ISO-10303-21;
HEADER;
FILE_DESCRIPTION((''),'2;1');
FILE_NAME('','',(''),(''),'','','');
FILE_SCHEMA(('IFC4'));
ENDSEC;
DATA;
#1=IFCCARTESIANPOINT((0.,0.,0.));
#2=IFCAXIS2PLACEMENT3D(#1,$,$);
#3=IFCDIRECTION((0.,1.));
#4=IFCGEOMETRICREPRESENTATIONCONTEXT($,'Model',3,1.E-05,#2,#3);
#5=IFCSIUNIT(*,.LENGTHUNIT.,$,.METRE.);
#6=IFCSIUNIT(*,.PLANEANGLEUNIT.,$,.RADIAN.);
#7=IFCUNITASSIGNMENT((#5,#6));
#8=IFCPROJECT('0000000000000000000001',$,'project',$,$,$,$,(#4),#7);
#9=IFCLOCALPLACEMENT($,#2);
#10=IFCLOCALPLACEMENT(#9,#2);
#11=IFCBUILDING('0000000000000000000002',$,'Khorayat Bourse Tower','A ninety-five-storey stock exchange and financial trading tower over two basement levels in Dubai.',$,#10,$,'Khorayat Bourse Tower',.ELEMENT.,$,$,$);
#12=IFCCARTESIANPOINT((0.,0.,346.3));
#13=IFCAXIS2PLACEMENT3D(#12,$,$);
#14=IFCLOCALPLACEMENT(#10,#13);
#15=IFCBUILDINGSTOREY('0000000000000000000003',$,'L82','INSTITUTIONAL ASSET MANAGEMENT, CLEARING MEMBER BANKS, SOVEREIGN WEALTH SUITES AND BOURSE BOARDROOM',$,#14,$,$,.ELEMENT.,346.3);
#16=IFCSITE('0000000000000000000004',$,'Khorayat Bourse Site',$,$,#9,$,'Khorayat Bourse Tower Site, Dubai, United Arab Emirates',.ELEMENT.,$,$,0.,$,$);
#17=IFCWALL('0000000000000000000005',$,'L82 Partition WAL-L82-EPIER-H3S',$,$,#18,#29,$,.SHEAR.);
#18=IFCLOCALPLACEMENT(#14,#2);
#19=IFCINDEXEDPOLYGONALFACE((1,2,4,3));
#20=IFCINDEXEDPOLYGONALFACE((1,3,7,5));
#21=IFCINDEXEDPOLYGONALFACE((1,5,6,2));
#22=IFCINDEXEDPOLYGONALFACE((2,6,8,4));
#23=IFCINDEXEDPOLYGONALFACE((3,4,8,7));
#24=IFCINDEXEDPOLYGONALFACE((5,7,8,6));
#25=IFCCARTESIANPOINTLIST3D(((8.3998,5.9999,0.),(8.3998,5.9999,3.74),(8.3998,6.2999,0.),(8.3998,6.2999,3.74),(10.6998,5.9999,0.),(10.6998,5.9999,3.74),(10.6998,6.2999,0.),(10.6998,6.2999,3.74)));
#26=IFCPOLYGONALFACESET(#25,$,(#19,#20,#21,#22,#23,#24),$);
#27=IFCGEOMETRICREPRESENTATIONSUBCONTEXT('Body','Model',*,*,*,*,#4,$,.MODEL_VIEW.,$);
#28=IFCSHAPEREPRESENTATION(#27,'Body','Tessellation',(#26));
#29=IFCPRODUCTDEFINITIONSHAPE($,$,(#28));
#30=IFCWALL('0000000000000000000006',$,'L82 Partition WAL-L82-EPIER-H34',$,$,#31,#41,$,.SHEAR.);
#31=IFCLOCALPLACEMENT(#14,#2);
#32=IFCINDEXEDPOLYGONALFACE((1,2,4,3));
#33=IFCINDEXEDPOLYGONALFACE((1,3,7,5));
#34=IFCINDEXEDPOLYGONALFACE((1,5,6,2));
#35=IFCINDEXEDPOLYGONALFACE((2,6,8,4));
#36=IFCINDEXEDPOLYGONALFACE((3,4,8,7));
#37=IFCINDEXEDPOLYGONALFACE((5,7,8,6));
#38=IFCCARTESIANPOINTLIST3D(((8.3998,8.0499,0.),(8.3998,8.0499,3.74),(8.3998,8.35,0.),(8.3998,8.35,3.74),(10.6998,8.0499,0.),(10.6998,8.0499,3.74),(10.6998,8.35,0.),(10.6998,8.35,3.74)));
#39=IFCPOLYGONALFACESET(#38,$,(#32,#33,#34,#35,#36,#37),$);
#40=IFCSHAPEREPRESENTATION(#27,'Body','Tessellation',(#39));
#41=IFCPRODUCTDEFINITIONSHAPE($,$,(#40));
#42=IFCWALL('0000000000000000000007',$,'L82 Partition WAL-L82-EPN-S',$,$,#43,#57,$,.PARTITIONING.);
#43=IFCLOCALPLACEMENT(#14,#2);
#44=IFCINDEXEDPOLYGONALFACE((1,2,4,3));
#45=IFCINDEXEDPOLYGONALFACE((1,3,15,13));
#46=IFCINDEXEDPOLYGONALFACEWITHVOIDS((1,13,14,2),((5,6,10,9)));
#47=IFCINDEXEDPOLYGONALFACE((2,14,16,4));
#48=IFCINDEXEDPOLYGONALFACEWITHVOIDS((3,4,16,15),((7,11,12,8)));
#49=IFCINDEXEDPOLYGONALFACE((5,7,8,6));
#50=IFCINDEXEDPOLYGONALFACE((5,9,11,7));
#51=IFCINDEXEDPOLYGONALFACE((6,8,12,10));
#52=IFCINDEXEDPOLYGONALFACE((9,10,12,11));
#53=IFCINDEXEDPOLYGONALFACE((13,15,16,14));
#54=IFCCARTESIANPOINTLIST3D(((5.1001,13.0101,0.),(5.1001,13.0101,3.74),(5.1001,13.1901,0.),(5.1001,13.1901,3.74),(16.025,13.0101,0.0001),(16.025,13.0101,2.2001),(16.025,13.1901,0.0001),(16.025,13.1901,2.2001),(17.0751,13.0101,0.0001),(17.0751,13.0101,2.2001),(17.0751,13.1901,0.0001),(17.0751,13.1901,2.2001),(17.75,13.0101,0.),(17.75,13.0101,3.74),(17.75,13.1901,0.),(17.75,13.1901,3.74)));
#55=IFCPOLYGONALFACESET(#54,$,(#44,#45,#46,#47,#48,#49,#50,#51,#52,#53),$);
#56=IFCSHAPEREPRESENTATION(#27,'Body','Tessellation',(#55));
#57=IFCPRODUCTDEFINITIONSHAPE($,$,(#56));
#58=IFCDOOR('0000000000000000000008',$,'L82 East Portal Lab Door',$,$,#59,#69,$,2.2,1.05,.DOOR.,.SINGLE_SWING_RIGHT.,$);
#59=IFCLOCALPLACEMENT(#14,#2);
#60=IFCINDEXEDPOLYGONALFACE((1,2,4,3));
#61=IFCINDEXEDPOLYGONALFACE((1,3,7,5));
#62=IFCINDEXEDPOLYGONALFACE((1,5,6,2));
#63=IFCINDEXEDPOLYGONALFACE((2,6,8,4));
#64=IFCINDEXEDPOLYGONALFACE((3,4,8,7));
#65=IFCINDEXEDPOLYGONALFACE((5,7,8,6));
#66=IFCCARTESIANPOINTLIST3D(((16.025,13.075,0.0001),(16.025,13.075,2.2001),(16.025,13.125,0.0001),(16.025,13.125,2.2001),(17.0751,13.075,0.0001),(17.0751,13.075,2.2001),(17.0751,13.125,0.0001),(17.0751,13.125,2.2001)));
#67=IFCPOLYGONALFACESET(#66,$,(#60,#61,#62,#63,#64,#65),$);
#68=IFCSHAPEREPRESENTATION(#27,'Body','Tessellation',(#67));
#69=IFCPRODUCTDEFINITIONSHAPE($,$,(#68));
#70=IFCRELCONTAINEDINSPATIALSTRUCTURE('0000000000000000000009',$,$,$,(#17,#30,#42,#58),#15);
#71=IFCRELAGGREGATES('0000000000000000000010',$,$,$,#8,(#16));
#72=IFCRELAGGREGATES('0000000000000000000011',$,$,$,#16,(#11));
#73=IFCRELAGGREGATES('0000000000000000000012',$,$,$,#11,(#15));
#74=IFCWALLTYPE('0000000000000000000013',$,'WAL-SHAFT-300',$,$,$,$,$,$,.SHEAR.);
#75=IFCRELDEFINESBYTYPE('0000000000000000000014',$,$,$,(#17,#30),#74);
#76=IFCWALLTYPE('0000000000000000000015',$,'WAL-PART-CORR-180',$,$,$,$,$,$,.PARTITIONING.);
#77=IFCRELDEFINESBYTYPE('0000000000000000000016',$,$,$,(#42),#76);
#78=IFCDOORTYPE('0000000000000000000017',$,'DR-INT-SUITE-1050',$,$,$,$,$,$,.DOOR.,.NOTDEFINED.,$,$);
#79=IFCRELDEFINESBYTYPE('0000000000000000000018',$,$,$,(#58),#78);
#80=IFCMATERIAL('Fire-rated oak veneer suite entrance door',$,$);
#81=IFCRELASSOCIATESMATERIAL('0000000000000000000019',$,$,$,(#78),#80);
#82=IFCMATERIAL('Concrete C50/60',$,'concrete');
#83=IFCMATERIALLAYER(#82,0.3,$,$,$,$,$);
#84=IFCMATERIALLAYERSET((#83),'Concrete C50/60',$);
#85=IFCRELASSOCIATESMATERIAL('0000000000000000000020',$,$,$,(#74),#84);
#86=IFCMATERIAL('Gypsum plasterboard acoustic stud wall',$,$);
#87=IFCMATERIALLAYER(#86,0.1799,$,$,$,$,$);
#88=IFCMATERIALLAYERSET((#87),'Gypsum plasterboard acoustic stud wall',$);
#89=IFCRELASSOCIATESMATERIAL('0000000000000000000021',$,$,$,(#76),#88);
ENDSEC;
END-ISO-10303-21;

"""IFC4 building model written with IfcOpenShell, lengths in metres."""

from ifc_helpers import new_model, si_unit, direction, frame, frame_2d, origin, place, context, subcontext, project, spatial, rectangle, extrude, source, transform, mapped, material, layer, layer_set, type_object, element, fill, save


model = new_model("IFC4")

# Units and contexts
model_context = context("Model", 3, precision=1e-05, world=origin(), true_north=direction((0.0, 1.0)))
body_context = subcontext(model_context, "Body", "Model", "MODEL_VIEW")
ifc_project = project(units=[si_unit("LENGTHUNIT", "METRE"), si_unit("PLANEANGLEUNIT", "RADIAN")], contexts=[model_context])

# Site, building, storey
site_placement = place(None, origin())
site = spatial("IfcSite", under=ifc_project, at=site_placement, Name="Khorayat Bourse Site", LongName="Khorayat Bourse Tower Site, Dubai, United Arab Emirates", CompositionType="ELEMENT", RefElevation=0.0)
building_placement = place(site_placement, origin())
building = spatial("IfcBuilding", under=site, at=building_placement, Name="Khorayat Bourse Tower", Description="A ninety-five-storey stock exchange and financial trading tower over two basement levels in Dubai.", LongName="Khorayat Bourse Tower", CompositionType="ELEMENT")
storey_placement = place(building_placement, frame((0.0, 0.0, 346.3)))
storey = spatial("IfcBuildingStorey", under=building, at=storey_placement, Name="L82", Description="INSTITUTIONAL ASSET MANAGEMENT, CLEARING MEMBER BANKS, SOVEREIGN WEALTH SUITES AND BOURSE BOARDROOM", CompositionType="ELEMENT", Elevation=346.3)

# Shared definitions
ifc_material_1 = material(Name="Fire-rated oak veneer suite entrance door")
door_type_1 = type_object("IfcDoorType", Name="DR-INT-SUITE-1050", OperationType="NOTDEFINED", PredefinedType="DOOR", material=ifc_material_1)
shared_shape_1 = source(origin(), body_context, "Body", "SweptSolid", [
    extrude(rectangle(XDim=1.05, YDim=2.2, at=frame_2d((0.5249, 1.1001))), frame((0.0, 0.0249, 0.0), z_axis=(0.0, -1.0, 0.0), x_axis=(1.0, 0.0, 0.0)), (0.0, 0.0, 1.0), 0.05),
])

# Walls
ifc_material_2 = material(Name="Concrete C50/60", Category="concrete")
ifc_layer_1 = layer(ifc_material_2, 0.3)
ifc_layer_set_1 = layer_set([ifc_layer_1], Name="Concrete C50/60")
wall_type_1 = type_object("IfcWallType", Name="WAL-SHAFT-300", PredefinedType="SHEAR", material=ifc_layer_set_1)
shared_shape_2 = source(origin(), body_context, "Body", "SweptSolid", [
    extrude(rectangle(XDim=2.3, YDim=0.3, at=frame_2d((1.1499, 0.0))), origin(), (0.0, 0.0, 1.0), 3.74),
])
for number, where, z_axis, x_axis, name in (
    (1, (8.3999, 6.1499, 0.0), (0.0, 0.0, 1.0), (1.0, 0.0, 0.0), "L82 Partition WAL-L82-EPIER-H3S"),
    (2, (8.3999, 8.2, 0.0), (0.0, 0.0, 1.0), (1.0, 0.0, 0.0), "L82 Partition WAL-L82-EPIER-H34"),
):
    element("IfcWall", number, at=place(storey_placement, frame(where, z_axis=z_axis, x_axis=x_axis)), inside=storey, type_object=wall_type_1, Name=name, PredefinedType="SHEAR", context=body_context, shape_type="MappedRepresentation", body=[
        mapped(shared_shape_2, transform((0.0, 0.0, 0.0), scale=1.0)),
    ])

# Wall, opening, door
ifc_material_3 = material(Name="Gypsum plasterboard acoustic stud wall")
ifc_layer_2 = layer(ifc_material_3, 0.1799)
ifc_layer_set_2 = layer_set([ifc_layer_2], Name="Gypsum plasterboard acoustic stud wall")
wall_type_2 = type_object("IfcWallType", Name="WAL-PART-CORR-180", PredefinedType="PARTITIONING", material=ifc_layer_set_2)
shared_shape_3 = source(origin(), body_context, "Body", "SweptSolid", [
    extrude(rectangle(XDim=12.6499, YDim=0.1799, at=frame_2d((6.325, 0.0))), origin(), (0.0, 0.0, 1.0), 3.74),
])
wall_1_placement = place(storey_placement, frame((5.1001, 13.1001, 0.0), z_axis=(0.0, 0.0, 1.0), x_axis=(1.0, 0.0, 0.0)))
wall_1 = element("IfcWall", 3, at=wall_1_placement, inside=storey, type_object=wall_type_2, Name="L82 Partition WAL-L82-EPN-S", PredefinedType="PARTITIONING", context=body_context, shape_type="MappedRepresentation", body=[
    mapped(shared_shape_3, transform((0.0, 0.0, 0.0), scale=1.0)),
])
shared_shape_4 = source(origin(), body_context, "Body", "SweptSolid", [
    extrude(rectangle(XDim=1.05, YDim=2.2, at=frame_2d((0.5249, 1.1001))), frame((0.0, 0.0999, 0.0), z_axis=(0.0, -1.0, 0.0), x_axis=(1.0, 0.0, 0.0)), (0.0, 0.0, 1.0), 0.2),
])
opening_1_placement = place(wall_1_placement, frame((10.925, 0.0, 0.0)))
opening_1 = element("IfcOpeningElement", 4, at=opening_1_placement, cuts=wall_1, PredefinedType="OPENING", context=body_context, shape_type="MappedRepresentation", body=[
    mapped(shared_shape_4, transform((0.0, 0.0, 0.0), scale=1.0)),
])
door_1_placement = place(opening_1_placement, origin())
door_1 = element("IfcDoor", 5, at=door_1_placement, inside=storey, type_object=door_type_1, Name="L82 East Portal Lab Door", OperationType="SINGLE_SWING_RIGHT", OverallHeight=2.2, OverallWidth=1.05, PredefinedType="DOOR", context=body_context, shape_type="MappedRepresentation", body=[
    mapped(shared_shape_1, transform((0.0, 0.0, 0.0), scale=1.0)),
])
fill(opening_1, door_1)

save(model, "model.ifc")
